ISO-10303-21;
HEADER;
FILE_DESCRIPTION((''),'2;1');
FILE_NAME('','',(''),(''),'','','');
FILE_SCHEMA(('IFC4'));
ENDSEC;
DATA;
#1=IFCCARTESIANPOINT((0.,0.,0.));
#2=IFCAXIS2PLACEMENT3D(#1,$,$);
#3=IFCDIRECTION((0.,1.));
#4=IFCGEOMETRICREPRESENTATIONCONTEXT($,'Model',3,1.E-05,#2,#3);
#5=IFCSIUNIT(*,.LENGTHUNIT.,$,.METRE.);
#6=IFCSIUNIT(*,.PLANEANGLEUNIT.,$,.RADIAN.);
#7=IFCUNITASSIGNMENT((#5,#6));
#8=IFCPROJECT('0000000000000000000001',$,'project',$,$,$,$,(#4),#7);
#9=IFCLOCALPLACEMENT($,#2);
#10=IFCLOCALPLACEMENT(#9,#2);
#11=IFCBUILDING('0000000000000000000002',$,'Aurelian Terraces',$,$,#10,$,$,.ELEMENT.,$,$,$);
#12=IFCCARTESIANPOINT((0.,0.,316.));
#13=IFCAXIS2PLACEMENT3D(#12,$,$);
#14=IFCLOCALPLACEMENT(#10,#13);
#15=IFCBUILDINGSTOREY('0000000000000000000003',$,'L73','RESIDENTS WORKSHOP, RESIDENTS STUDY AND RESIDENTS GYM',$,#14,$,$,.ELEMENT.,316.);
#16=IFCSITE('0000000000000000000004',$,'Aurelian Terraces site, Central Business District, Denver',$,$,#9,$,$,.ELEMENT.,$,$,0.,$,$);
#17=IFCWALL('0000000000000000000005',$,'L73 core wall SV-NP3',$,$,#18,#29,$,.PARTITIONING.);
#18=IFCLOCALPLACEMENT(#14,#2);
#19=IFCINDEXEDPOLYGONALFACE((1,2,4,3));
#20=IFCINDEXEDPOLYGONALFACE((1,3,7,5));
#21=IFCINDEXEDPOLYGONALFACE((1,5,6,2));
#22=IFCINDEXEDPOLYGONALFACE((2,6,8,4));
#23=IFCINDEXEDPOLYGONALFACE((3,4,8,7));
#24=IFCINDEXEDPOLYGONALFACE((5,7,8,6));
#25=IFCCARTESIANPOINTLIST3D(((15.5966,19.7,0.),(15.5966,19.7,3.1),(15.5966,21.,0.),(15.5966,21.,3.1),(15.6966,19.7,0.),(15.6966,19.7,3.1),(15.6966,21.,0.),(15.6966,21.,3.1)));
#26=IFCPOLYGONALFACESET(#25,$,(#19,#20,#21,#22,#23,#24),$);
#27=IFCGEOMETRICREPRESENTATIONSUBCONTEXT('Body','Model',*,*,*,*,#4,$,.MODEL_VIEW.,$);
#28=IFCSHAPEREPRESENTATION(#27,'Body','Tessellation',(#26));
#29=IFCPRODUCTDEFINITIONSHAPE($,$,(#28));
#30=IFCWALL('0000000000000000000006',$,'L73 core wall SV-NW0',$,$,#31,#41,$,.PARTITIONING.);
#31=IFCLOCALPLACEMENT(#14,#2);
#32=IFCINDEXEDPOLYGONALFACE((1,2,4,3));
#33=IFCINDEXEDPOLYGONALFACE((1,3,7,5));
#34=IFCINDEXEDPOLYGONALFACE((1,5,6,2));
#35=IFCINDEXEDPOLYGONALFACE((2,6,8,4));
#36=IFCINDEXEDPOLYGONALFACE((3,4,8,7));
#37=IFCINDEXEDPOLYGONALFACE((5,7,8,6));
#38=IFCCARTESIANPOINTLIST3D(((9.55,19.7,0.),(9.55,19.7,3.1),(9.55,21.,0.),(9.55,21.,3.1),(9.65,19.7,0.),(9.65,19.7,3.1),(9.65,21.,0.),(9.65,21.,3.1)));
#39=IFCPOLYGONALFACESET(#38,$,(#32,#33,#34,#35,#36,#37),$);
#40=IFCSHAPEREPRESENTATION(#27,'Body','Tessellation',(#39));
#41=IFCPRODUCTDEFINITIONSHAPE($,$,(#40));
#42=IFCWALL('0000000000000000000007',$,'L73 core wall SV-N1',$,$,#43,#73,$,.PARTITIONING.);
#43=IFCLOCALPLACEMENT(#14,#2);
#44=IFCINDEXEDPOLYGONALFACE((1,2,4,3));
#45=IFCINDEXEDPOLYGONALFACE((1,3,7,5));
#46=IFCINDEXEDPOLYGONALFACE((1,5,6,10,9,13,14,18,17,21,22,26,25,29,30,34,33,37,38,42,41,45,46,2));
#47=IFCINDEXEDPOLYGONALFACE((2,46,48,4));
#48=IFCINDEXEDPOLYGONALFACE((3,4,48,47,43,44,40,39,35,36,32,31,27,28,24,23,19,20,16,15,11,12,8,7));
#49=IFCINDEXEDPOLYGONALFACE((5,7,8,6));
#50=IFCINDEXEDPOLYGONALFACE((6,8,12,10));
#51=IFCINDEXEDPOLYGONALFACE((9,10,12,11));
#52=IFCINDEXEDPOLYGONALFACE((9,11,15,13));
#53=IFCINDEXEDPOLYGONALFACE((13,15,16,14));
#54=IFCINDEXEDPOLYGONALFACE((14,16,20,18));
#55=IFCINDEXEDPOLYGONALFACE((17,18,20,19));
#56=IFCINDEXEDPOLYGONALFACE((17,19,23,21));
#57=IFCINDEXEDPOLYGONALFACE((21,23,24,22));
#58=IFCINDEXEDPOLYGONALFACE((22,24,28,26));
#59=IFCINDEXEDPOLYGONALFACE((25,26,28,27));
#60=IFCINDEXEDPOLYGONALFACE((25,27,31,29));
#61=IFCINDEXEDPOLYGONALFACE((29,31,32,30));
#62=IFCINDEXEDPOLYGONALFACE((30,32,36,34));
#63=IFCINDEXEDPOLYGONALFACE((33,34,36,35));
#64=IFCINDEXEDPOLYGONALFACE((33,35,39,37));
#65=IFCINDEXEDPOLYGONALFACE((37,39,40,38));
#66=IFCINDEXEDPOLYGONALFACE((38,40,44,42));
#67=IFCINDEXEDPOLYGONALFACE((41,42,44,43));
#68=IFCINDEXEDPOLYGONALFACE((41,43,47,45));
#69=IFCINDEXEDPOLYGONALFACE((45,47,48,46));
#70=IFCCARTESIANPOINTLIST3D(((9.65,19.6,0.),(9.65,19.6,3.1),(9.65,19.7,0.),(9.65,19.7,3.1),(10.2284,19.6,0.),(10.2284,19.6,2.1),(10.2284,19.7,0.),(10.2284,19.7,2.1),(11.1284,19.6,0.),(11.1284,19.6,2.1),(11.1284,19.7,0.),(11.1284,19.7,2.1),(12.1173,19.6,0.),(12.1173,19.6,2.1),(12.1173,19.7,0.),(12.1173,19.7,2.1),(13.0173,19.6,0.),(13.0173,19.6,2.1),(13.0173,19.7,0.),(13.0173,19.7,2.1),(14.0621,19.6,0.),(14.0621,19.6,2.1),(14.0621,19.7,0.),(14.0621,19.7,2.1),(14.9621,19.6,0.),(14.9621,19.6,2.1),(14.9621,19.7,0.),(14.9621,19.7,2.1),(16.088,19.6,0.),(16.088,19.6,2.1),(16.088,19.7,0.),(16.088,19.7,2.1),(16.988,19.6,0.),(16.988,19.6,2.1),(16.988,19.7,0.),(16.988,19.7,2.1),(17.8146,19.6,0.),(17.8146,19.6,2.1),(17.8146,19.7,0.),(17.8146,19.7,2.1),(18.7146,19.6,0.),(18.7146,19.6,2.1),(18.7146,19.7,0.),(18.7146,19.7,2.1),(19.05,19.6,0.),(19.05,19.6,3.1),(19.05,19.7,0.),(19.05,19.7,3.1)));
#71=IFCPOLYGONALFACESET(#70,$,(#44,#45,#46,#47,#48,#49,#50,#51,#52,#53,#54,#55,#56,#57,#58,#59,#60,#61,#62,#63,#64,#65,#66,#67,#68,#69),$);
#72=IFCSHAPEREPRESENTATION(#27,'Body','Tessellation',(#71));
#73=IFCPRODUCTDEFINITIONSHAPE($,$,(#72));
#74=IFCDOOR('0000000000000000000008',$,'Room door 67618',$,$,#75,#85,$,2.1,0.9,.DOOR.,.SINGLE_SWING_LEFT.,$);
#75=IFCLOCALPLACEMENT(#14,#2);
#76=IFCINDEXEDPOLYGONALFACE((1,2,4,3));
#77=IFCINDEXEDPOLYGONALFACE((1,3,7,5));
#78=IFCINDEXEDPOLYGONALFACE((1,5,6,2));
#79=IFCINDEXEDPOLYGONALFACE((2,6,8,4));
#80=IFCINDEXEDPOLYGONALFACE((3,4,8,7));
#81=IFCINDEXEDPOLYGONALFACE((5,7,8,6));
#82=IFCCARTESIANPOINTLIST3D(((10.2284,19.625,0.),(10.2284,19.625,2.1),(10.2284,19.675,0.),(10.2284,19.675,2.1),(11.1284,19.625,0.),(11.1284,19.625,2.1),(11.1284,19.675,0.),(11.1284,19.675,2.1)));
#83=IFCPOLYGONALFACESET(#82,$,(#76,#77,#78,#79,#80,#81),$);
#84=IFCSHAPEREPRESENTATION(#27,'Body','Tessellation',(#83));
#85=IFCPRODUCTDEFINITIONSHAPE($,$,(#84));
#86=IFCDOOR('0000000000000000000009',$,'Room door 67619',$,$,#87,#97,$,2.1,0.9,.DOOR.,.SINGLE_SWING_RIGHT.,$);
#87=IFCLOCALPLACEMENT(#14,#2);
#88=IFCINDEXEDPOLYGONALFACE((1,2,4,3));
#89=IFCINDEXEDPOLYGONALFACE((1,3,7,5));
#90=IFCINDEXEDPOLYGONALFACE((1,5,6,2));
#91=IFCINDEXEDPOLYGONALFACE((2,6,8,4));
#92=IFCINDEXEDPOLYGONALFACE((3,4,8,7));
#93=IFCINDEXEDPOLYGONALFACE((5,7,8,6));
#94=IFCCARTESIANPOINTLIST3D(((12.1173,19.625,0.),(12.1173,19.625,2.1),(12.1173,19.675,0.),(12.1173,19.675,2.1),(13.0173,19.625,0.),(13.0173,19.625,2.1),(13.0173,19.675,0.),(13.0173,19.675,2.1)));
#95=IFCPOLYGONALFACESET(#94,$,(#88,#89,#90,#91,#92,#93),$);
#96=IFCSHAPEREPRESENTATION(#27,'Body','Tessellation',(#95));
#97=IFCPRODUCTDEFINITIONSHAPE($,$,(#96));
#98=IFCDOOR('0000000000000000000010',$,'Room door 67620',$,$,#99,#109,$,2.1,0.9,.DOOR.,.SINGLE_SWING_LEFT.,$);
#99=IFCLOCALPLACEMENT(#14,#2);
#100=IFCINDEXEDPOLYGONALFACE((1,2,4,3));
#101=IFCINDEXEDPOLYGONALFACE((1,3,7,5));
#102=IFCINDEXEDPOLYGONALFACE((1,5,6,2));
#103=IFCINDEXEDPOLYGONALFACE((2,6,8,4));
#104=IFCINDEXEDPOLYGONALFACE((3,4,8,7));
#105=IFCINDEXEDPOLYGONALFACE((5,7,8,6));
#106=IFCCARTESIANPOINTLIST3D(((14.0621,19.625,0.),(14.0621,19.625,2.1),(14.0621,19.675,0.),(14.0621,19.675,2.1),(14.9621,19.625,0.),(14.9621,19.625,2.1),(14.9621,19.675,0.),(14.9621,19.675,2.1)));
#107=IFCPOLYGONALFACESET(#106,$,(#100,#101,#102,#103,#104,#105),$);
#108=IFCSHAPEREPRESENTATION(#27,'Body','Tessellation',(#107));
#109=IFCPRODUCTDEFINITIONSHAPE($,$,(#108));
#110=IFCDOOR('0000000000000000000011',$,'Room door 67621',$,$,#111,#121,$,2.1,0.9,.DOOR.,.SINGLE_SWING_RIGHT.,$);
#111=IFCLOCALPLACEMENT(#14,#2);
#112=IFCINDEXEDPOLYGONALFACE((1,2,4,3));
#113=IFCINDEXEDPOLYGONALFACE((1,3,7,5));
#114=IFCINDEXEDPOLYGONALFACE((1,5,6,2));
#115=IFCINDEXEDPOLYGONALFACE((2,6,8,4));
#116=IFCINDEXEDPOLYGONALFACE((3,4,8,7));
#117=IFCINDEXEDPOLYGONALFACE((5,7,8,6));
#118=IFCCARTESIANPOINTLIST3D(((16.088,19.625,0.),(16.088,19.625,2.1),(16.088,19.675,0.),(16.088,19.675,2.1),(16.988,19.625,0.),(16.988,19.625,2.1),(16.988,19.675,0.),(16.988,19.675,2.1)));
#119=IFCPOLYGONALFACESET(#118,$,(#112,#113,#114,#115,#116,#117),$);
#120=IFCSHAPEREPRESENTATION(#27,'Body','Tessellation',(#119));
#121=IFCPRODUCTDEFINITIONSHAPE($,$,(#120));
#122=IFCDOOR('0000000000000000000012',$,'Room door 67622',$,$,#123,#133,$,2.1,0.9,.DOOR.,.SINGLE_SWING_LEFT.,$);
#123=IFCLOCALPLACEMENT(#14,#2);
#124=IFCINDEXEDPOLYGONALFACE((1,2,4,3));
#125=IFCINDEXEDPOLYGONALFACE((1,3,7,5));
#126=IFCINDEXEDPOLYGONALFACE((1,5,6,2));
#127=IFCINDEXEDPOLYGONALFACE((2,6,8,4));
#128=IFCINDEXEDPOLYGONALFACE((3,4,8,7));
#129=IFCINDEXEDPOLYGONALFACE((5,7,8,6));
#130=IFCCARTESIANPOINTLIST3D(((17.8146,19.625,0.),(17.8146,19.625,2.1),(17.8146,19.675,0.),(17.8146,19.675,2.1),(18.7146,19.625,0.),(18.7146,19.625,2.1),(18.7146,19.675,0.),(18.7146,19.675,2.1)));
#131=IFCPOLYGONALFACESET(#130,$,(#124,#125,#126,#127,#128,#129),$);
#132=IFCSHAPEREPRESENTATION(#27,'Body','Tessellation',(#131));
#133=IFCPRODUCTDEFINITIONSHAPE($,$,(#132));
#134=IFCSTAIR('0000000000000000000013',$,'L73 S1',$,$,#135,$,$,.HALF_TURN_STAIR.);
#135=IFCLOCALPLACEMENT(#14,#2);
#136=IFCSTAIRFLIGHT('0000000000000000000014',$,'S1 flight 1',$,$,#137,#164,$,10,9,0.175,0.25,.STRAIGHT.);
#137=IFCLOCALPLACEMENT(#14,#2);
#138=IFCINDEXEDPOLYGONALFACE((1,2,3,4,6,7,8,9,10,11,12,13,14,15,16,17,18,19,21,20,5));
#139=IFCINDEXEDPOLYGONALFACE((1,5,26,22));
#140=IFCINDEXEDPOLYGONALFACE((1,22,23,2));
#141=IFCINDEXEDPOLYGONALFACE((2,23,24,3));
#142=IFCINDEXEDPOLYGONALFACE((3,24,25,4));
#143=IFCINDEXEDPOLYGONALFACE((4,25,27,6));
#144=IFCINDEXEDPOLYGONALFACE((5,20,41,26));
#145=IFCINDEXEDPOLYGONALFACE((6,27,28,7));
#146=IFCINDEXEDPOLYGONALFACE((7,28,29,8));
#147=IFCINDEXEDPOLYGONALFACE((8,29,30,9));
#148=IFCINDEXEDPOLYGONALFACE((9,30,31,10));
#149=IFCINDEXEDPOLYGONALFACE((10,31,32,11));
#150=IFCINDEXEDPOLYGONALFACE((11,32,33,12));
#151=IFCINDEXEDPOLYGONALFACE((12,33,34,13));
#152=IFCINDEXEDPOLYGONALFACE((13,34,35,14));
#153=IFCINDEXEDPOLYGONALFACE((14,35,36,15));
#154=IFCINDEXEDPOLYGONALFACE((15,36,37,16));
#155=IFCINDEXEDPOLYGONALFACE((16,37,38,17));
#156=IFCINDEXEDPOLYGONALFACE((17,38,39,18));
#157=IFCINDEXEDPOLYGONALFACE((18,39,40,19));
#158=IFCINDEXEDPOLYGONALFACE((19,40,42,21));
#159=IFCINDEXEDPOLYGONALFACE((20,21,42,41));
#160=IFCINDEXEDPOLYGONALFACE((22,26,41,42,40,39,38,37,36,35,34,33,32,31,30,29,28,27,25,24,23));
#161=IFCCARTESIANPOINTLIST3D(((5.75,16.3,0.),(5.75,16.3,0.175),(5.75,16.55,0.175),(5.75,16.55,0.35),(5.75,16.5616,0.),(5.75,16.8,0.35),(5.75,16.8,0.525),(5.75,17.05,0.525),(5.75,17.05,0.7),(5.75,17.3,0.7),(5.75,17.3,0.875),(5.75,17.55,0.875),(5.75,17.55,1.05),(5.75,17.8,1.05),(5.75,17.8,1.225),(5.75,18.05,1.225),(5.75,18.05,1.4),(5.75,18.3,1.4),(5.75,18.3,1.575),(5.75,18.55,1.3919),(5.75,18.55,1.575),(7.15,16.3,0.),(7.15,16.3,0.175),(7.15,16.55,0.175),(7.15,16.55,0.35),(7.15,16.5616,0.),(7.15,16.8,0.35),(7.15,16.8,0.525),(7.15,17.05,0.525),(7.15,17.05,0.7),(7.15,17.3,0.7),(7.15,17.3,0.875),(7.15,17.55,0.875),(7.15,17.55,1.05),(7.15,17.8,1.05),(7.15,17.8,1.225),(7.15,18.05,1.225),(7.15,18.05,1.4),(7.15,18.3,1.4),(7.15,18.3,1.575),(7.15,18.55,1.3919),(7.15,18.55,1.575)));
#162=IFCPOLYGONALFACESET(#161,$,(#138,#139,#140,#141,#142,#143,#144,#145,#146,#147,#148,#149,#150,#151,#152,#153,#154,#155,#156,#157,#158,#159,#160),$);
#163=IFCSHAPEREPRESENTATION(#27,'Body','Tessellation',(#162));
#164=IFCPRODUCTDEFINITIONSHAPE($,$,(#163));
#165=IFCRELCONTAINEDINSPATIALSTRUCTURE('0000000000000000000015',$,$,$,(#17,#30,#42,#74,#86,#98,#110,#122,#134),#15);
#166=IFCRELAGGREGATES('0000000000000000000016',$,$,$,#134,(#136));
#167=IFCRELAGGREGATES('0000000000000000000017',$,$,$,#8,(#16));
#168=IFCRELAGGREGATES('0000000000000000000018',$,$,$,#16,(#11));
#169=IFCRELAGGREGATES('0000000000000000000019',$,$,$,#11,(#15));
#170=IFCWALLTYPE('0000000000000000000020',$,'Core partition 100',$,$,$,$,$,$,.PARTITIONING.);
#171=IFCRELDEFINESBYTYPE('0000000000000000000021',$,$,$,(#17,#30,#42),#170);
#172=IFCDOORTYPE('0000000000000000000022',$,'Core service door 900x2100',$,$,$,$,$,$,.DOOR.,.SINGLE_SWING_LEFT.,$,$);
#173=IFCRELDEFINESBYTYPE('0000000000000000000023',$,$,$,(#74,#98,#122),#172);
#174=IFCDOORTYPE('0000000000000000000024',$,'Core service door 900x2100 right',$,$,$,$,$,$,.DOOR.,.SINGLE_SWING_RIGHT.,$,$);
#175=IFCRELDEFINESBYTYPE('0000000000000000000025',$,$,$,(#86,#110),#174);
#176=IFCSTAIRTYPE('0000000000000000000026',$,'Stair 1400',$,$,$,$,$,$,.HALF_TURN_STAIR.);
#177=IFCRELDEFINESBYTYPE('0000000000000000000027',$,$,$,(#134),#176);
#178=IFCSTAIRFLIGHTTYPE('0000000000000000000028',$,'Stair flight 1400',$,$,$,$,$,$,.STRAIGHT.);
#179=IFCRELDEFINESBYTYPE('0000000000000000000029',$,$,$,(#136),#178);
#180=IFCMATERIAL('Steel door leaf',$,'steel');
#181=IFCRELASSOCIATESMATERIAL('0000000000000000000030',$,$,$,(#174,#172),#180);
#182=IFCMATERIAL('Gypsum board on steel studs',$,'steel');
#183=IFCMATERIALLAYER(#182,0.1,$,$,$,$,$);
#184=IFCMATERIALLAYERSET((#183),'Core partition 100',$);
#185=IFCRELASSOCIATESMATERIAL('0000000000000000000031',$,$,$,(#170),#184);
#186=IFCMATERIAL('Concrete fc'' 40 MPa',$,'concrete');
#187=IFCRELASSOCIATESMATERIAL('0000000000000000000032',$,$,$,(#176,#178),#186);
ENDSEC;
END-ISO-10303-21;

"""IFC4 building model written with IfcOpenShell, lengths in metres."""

from ifc_helpers import new_model, si_unit, direction, frame, frame_2d, origin, place, context, subcontext, project, spatial, polyline, rectangle, outline, extrude, source, transform, mapped, material, layer, layer_set, type_object, element, fill, aggregate, save


model = new_model("IFC4")

# Units and contexts
model_context = context("Model", 3, precision=1e-05, world=origin(), true_north=direction((0.0, 1.0)))
body_context = subcontext(model_context, "Body", "Model", "MODEL_VIEW")
ifc_project = project(units=[si_unit("LENGTHUNIT", "METRE"), si_unit("PLANEANGLEUNIT", "RADIAN")], contexts=[model_context])

# Site, building, storey
site_placement = place(None, origin())
site = spatial("IfcSite", under=ifc_project, at=site_placement, Name="Aurelian Terraces site, Central Business District, Denver", CompositionType="ELEMENT", RefElevation=0.0)
building_placement = place(site_placement, origin())
building = spatial("IfcBuilding", under=site, at=building_placement, Name="Aurelian Terraces", CompositionType="ELEMENT")
storey_placement = place(building_placement, frame((0.0, 0.0, 316.0)))
storey = spatial("IfcBuildingStorey", under=building, at=storey_placement, Name="L73", Description="RESIDENTS WORKSHOP, RESIDENTS STUDY AND RESIDENTS GYM", CompositionType="ELEMENT", Elevation=316.0)

# Shared definitions
ifc_material_1 = material(Name="Steel door leaf", Category="steel")

# Shared definitions
ifc_material_2 = material(Name="Gypsum board on steel studs", Category="steel")

# Shared definitions
shared_shape_1 = source(origin(), body_context, "Body", "SweptSolid", [
    extrude(rectangle(XDim=0.9, YDim=2.1, at=frame_2d((0.45, 1.05))), frame((0.0, 0.025, 0.0), z_axis=(0.0, -1.0, 0.0), x_axis=(1.0, 0.0, 0.0)), (0.0, 0.0, 1.0), 0.05),
])
door_type_1 = type_object("IfcDoorType", Name="Core service door 900x2100 right", OperationType="SINGLE_SWING_RIGHT", PredefinedType="DOOR", material=ifc_material_1)
door_type_2 = type_object("IfcDoorType", Name="Core service door 900x2100", OperationType="SINGLE_SWING_LEFT", PredefinedType="DOOR", material=ifc_material_1)

# Walls
ifc_layer_1 = layer(ifc_material_2, 0.1)
ifc_layer_set_1 = layer_set([ifc_layer_1], Name="Core partition 100")
wall_type_1 = type_object("IfcWallType", Name="Core partition 100", PredefinedType="PARTITIONING", material=ifc_layer_set_1)
shared_shape_2 = source(origin(), body_context, "Body", "SweptSolid", [
    extrude(rectangle(XDim=1.3, YDim=0.1, at=frame_2d((0.65, 0.0))), origin(), (0.0, 0.0, 1.0), 3.1),
])
for number, where, z_axis, x_axis, name in (
    (1, (15.6466, 19.7, 0.0), (0.0, 0.0, 1.0), (0.0, 1.0, 0.0), "L73 core wall SV-NP3"),
    (2, (9.6, 19.7, 0.0), (0.0, 0.0, 1.0), (0.0, 1.0, 0.0), "L73 core wall SV-NW0"),
):
    element("IfcWall", number, at=place(storey_placement, frame(where, z_axis=z_axis, x_axis=x_axis)), inside=storey, type_object=wall_type_1, Name=name, PredefinedType="PARTITIONING", context=body_context, shape_type="MappedRepresentation", body=[
        mapped(shared_shape_2, transform((0.0, 0.0, 0.0), scale=1.0)),
    ])

# Wall, openings, doors
shared_shape_3 = source(origin(), body_context, "Body", "SweptSolid", [
    extrude(rectangle(XDim=9.4, YDim=0.1, at=frame_2d((4.7, 0.0))), origin(), (0.0, 0.0, 1.0), 3.1),
])
wall_1_placement = place(storey_placement, frame((9.65, 19.65, 0.0), z_axis=(0.0, 0.0, 1.0), x_axis=(1.0, 0.0, 0.0)))
wall_1 = element("IfcWall", 3, at=wall_1_placement, inside=storey, type_object=wall_type_1, Name="L73 core wall SV-N1", PredefinedType="PARTITIONING", context=body_context, shape_type="MappedRepresentation", body=[
    mapped(shared_shape_3, transform((0.0, 0.0, 0.0), scale=1.0)),
])
shared_shape_4 = source(origin(), body_context, "Body", "SweptSolid", [
    extrude(rectangle(XDim=0.9, YDim=2.1, at=frame_2d((0.45, 1.05))), frame((0.0, 0.06, 0.0), z_axis=(0.0, -1.0, 0.0), x_axis=(1.0, 0.0, 0.0)), (0.0, 0.0, 1.0), 0.12),
])
opening_1_placement = place(wall_1_placement, frame((0.5784, 0.0, 0.0)))
opening_1 = element("IfcOpeningElement", 4, at=opening_1_placement, cuts=wall_1, PredefinedType="OPENING", context=body_context, shape_type="MappedRepresentation", body=[
    mapped(shared_shape_4, transform((0.0, 0.0, 0.0), scale=1.0)),
])
opening_2_placement = place(wall_1_placement, frame((2.4673, 0.0, 0.0)))
opening_2 = element("IfcOpeningElement", 5, at=opening_2_placement, cuts=wall_1, PredefinedType="OPENING", context=body_context, shape_type="MappedRepresentation", body=[
    mapped(shared_shape_4, transform((0.0, 0.0, 0.0), scale=1.0)),
])
opening_3_placement = place(wall_1_placement, frame((4.4121, 0.0, 0.0)))
opening_3 = element("IfcOpeningElement", 6, at=opening_3_placement, cuts=wall_1, PredefinedType="OPENING", context=body_context, shape_type="MappedRepresentation", body=[
    mapped(shared_shape_4, transform((0.0, 0.0, 0.0), scale=1.0)),
])
opening_4_placement = place(wall_1_placement, frame((6.438, 0.0, 0.0)))
opening_4 = element("IfcOpeningElement", 7, at=opening_4_placement, cuts=wall_1, PredefinedType="OPENING", context=body_context, shape_type="MappedRepresentation", body=[
    mapped(shared_shape_4, transform((0.0, 0.0, 0.0), scale=1.0)),
])
opening_5_placement = place(wall_1_placement, frame((8.1646, 0.0, 0.0)))
opening_5 = element("IfcOpeningElement", 8, at=opening_5_placement, cuts=wall_1, PredefinedType="OPENING", context=body_context, shape_type="MappedRepresentation", body=[
    mapped(shared_shape_4, transform((0.0, 0.0, 0.0), scale=1.0)),
])
door_1_placement = place(opening_1_placement, origin())
door_1 = element("IfcDoor", 9, at=door_1_placement, inside=storey, type_object=door_type_2, Name="Room door 67618", OperationType="SINGLE_SWING_LEFT", OverallHeight=2.1, OverallWidth=0.9, PredefinedType="DOOR", context=body_context, shape_type="MappedRepresentation", body=[
    mapped(shared_shape_1, transform((0.0, 0.0, 0.0), scale=1.0)),
])
fill(opening_1, door_1)
door_2_placement = place(opening_2_placement, origin())
door_2 = element("IfcDoor", 10, at=door_2_placement, inside=storey, type_object=door_type_1, Name="Room door 67619", OperationType="SINGLE_SWING_RIGHT", OverallHeight=2.1, OverallWidth=0.9, PredefinedType="DOOR", context=body_context, shape_type="MappedRepresentation", body=[
    mapped(shared_shape_1, transform((0.0, 0.0, 0.0), scale=1.0)),
])
fill(opening_2, door_2)
door_3_placement = place(opening_3_placement, origin())
door_3 = element("IfcDoor", 11, at=door_3_placement, inside=storey, type_object=door_type_2, Name="Room door 67620", OperationType="SINGLE_SWING_LEFT", OverallHeight=2.1, OverallWidth=0.9, PredefinedType="DOOR", context=body_context, shape_type="MappedRepresentation", body=[
    mapped(shared_shape_1, transform((0.0, 0.0, 0.0), scale=1.0)),
])
fill(opening_3, door_3)
door_4_placement = place(opening_4_placement, origin())
door_4 = element("IfcDoor", 12, at=door_4_placement, inside=storey, type_object=door_type_1, Name="Room door 67621", OperationType="SINGLE_SWING_RIGHT", OverallHeight=2.1, OverallWidth=0.9, PredefinedType="DOOR", context=body_context, shape_type="MappedRepresentation", body=[
    mapped(shared_shape_1, transform((0.0, 0.0, 0.0), scale=1.0)),
])
fill(opening_4, door_4)
door_5_placement = place(opening_5_placement, origin())
door_5 = element("IfcDoor", 13, at=door_5_placement, inside=storey, type_object=door_type_2, Name="Room door 67622", OperationType="SINGLE_SWING_LEFT", OverallHeight=2.1, OverallWidth=0.9, PredefinedType="DOOR", context=body_context, shape_type="MappedRepresentation", body=[
    mapped(shared_shape_1, transform((0.0, 0.0, 0.0), scale=1.0)),
])
fill(opening_5, door_5)

# Stair, stair flight
ifc_material_3 = material(Name="Concrete fc' 40 MPa", Category="concrete")
stair_type = type_object("IfcStairType", Name="Stair 1400", PredefinedType="HALF_TURN_STAIR", material=ifc_material_3)
stair_placement = place(storey_placement, origin())
stair = element("IfcStair", 14, at=stair_placement, inside=storey, type_object=stair_type, Name="L73 S1", PredefinedType="HALF_TURN_STAIR")
stair_flight_type = type_object("IfcStairFlightType", Name="Stair flight 1400", PredefinedType="STRAIGHT", material=ifc_material_3)
shared_shape_5 = source(origin(), body_context, "Body", "SweptSolid", [
    extrude(outline(polyline([(0.0, 0.0), (0.0, 0.175), (0.25, 0.175), (0.25, 0.35), (0.5, 0.35), (0.5, 0.525), (0.75, 0.525), (0.75, 0.7), (1.0, 0.7), (1.0, 0.875), (1.25, 0.875), (1.25, 1.05), (1.5, 1.05), (1.5, 1.225), (1.75, 1.225), (1.75, 1.4), (2.0, 1.4), (2.0, 1.575), (2.25, 1.575), (2.25, 1.75), (2.25, 1.3919), (0.2616, 0.0), (0.0, 0.0)])), frame((0.0, 0.7, 0.0), z_axis=(0.0, -1.0, 0.0), x_axis=(1.0, 0.0, 0.0)), (0.0, 0.0, 1.0), 1.4),
])
stair_flight_placement = place(storey_placement, frame((6.45, 16.3, 0.0), z_axis=(0.0, 0.0, 1.0), x_axis=(0.0, 1.0, 0.0)))
stair_flight = element("IfcStairFlight", 15, at=stair_flight_placement, type_object=stair_flight_type, Name="S1 flight 1", NumberOfRisers=10, NumberOfTreads=9, PredefinedType="STRAIGHT", RiserHeight=0.175, TreadLength=0.25, context=body_context, shape_type="MappedRepresentation", body=[
    mapped(shared_shape_5, transform((0.0, 0.0, 0.0), scale=1.0)),
])
aggregate(stair, [stair_flight])

save(model, "model.ifc")
